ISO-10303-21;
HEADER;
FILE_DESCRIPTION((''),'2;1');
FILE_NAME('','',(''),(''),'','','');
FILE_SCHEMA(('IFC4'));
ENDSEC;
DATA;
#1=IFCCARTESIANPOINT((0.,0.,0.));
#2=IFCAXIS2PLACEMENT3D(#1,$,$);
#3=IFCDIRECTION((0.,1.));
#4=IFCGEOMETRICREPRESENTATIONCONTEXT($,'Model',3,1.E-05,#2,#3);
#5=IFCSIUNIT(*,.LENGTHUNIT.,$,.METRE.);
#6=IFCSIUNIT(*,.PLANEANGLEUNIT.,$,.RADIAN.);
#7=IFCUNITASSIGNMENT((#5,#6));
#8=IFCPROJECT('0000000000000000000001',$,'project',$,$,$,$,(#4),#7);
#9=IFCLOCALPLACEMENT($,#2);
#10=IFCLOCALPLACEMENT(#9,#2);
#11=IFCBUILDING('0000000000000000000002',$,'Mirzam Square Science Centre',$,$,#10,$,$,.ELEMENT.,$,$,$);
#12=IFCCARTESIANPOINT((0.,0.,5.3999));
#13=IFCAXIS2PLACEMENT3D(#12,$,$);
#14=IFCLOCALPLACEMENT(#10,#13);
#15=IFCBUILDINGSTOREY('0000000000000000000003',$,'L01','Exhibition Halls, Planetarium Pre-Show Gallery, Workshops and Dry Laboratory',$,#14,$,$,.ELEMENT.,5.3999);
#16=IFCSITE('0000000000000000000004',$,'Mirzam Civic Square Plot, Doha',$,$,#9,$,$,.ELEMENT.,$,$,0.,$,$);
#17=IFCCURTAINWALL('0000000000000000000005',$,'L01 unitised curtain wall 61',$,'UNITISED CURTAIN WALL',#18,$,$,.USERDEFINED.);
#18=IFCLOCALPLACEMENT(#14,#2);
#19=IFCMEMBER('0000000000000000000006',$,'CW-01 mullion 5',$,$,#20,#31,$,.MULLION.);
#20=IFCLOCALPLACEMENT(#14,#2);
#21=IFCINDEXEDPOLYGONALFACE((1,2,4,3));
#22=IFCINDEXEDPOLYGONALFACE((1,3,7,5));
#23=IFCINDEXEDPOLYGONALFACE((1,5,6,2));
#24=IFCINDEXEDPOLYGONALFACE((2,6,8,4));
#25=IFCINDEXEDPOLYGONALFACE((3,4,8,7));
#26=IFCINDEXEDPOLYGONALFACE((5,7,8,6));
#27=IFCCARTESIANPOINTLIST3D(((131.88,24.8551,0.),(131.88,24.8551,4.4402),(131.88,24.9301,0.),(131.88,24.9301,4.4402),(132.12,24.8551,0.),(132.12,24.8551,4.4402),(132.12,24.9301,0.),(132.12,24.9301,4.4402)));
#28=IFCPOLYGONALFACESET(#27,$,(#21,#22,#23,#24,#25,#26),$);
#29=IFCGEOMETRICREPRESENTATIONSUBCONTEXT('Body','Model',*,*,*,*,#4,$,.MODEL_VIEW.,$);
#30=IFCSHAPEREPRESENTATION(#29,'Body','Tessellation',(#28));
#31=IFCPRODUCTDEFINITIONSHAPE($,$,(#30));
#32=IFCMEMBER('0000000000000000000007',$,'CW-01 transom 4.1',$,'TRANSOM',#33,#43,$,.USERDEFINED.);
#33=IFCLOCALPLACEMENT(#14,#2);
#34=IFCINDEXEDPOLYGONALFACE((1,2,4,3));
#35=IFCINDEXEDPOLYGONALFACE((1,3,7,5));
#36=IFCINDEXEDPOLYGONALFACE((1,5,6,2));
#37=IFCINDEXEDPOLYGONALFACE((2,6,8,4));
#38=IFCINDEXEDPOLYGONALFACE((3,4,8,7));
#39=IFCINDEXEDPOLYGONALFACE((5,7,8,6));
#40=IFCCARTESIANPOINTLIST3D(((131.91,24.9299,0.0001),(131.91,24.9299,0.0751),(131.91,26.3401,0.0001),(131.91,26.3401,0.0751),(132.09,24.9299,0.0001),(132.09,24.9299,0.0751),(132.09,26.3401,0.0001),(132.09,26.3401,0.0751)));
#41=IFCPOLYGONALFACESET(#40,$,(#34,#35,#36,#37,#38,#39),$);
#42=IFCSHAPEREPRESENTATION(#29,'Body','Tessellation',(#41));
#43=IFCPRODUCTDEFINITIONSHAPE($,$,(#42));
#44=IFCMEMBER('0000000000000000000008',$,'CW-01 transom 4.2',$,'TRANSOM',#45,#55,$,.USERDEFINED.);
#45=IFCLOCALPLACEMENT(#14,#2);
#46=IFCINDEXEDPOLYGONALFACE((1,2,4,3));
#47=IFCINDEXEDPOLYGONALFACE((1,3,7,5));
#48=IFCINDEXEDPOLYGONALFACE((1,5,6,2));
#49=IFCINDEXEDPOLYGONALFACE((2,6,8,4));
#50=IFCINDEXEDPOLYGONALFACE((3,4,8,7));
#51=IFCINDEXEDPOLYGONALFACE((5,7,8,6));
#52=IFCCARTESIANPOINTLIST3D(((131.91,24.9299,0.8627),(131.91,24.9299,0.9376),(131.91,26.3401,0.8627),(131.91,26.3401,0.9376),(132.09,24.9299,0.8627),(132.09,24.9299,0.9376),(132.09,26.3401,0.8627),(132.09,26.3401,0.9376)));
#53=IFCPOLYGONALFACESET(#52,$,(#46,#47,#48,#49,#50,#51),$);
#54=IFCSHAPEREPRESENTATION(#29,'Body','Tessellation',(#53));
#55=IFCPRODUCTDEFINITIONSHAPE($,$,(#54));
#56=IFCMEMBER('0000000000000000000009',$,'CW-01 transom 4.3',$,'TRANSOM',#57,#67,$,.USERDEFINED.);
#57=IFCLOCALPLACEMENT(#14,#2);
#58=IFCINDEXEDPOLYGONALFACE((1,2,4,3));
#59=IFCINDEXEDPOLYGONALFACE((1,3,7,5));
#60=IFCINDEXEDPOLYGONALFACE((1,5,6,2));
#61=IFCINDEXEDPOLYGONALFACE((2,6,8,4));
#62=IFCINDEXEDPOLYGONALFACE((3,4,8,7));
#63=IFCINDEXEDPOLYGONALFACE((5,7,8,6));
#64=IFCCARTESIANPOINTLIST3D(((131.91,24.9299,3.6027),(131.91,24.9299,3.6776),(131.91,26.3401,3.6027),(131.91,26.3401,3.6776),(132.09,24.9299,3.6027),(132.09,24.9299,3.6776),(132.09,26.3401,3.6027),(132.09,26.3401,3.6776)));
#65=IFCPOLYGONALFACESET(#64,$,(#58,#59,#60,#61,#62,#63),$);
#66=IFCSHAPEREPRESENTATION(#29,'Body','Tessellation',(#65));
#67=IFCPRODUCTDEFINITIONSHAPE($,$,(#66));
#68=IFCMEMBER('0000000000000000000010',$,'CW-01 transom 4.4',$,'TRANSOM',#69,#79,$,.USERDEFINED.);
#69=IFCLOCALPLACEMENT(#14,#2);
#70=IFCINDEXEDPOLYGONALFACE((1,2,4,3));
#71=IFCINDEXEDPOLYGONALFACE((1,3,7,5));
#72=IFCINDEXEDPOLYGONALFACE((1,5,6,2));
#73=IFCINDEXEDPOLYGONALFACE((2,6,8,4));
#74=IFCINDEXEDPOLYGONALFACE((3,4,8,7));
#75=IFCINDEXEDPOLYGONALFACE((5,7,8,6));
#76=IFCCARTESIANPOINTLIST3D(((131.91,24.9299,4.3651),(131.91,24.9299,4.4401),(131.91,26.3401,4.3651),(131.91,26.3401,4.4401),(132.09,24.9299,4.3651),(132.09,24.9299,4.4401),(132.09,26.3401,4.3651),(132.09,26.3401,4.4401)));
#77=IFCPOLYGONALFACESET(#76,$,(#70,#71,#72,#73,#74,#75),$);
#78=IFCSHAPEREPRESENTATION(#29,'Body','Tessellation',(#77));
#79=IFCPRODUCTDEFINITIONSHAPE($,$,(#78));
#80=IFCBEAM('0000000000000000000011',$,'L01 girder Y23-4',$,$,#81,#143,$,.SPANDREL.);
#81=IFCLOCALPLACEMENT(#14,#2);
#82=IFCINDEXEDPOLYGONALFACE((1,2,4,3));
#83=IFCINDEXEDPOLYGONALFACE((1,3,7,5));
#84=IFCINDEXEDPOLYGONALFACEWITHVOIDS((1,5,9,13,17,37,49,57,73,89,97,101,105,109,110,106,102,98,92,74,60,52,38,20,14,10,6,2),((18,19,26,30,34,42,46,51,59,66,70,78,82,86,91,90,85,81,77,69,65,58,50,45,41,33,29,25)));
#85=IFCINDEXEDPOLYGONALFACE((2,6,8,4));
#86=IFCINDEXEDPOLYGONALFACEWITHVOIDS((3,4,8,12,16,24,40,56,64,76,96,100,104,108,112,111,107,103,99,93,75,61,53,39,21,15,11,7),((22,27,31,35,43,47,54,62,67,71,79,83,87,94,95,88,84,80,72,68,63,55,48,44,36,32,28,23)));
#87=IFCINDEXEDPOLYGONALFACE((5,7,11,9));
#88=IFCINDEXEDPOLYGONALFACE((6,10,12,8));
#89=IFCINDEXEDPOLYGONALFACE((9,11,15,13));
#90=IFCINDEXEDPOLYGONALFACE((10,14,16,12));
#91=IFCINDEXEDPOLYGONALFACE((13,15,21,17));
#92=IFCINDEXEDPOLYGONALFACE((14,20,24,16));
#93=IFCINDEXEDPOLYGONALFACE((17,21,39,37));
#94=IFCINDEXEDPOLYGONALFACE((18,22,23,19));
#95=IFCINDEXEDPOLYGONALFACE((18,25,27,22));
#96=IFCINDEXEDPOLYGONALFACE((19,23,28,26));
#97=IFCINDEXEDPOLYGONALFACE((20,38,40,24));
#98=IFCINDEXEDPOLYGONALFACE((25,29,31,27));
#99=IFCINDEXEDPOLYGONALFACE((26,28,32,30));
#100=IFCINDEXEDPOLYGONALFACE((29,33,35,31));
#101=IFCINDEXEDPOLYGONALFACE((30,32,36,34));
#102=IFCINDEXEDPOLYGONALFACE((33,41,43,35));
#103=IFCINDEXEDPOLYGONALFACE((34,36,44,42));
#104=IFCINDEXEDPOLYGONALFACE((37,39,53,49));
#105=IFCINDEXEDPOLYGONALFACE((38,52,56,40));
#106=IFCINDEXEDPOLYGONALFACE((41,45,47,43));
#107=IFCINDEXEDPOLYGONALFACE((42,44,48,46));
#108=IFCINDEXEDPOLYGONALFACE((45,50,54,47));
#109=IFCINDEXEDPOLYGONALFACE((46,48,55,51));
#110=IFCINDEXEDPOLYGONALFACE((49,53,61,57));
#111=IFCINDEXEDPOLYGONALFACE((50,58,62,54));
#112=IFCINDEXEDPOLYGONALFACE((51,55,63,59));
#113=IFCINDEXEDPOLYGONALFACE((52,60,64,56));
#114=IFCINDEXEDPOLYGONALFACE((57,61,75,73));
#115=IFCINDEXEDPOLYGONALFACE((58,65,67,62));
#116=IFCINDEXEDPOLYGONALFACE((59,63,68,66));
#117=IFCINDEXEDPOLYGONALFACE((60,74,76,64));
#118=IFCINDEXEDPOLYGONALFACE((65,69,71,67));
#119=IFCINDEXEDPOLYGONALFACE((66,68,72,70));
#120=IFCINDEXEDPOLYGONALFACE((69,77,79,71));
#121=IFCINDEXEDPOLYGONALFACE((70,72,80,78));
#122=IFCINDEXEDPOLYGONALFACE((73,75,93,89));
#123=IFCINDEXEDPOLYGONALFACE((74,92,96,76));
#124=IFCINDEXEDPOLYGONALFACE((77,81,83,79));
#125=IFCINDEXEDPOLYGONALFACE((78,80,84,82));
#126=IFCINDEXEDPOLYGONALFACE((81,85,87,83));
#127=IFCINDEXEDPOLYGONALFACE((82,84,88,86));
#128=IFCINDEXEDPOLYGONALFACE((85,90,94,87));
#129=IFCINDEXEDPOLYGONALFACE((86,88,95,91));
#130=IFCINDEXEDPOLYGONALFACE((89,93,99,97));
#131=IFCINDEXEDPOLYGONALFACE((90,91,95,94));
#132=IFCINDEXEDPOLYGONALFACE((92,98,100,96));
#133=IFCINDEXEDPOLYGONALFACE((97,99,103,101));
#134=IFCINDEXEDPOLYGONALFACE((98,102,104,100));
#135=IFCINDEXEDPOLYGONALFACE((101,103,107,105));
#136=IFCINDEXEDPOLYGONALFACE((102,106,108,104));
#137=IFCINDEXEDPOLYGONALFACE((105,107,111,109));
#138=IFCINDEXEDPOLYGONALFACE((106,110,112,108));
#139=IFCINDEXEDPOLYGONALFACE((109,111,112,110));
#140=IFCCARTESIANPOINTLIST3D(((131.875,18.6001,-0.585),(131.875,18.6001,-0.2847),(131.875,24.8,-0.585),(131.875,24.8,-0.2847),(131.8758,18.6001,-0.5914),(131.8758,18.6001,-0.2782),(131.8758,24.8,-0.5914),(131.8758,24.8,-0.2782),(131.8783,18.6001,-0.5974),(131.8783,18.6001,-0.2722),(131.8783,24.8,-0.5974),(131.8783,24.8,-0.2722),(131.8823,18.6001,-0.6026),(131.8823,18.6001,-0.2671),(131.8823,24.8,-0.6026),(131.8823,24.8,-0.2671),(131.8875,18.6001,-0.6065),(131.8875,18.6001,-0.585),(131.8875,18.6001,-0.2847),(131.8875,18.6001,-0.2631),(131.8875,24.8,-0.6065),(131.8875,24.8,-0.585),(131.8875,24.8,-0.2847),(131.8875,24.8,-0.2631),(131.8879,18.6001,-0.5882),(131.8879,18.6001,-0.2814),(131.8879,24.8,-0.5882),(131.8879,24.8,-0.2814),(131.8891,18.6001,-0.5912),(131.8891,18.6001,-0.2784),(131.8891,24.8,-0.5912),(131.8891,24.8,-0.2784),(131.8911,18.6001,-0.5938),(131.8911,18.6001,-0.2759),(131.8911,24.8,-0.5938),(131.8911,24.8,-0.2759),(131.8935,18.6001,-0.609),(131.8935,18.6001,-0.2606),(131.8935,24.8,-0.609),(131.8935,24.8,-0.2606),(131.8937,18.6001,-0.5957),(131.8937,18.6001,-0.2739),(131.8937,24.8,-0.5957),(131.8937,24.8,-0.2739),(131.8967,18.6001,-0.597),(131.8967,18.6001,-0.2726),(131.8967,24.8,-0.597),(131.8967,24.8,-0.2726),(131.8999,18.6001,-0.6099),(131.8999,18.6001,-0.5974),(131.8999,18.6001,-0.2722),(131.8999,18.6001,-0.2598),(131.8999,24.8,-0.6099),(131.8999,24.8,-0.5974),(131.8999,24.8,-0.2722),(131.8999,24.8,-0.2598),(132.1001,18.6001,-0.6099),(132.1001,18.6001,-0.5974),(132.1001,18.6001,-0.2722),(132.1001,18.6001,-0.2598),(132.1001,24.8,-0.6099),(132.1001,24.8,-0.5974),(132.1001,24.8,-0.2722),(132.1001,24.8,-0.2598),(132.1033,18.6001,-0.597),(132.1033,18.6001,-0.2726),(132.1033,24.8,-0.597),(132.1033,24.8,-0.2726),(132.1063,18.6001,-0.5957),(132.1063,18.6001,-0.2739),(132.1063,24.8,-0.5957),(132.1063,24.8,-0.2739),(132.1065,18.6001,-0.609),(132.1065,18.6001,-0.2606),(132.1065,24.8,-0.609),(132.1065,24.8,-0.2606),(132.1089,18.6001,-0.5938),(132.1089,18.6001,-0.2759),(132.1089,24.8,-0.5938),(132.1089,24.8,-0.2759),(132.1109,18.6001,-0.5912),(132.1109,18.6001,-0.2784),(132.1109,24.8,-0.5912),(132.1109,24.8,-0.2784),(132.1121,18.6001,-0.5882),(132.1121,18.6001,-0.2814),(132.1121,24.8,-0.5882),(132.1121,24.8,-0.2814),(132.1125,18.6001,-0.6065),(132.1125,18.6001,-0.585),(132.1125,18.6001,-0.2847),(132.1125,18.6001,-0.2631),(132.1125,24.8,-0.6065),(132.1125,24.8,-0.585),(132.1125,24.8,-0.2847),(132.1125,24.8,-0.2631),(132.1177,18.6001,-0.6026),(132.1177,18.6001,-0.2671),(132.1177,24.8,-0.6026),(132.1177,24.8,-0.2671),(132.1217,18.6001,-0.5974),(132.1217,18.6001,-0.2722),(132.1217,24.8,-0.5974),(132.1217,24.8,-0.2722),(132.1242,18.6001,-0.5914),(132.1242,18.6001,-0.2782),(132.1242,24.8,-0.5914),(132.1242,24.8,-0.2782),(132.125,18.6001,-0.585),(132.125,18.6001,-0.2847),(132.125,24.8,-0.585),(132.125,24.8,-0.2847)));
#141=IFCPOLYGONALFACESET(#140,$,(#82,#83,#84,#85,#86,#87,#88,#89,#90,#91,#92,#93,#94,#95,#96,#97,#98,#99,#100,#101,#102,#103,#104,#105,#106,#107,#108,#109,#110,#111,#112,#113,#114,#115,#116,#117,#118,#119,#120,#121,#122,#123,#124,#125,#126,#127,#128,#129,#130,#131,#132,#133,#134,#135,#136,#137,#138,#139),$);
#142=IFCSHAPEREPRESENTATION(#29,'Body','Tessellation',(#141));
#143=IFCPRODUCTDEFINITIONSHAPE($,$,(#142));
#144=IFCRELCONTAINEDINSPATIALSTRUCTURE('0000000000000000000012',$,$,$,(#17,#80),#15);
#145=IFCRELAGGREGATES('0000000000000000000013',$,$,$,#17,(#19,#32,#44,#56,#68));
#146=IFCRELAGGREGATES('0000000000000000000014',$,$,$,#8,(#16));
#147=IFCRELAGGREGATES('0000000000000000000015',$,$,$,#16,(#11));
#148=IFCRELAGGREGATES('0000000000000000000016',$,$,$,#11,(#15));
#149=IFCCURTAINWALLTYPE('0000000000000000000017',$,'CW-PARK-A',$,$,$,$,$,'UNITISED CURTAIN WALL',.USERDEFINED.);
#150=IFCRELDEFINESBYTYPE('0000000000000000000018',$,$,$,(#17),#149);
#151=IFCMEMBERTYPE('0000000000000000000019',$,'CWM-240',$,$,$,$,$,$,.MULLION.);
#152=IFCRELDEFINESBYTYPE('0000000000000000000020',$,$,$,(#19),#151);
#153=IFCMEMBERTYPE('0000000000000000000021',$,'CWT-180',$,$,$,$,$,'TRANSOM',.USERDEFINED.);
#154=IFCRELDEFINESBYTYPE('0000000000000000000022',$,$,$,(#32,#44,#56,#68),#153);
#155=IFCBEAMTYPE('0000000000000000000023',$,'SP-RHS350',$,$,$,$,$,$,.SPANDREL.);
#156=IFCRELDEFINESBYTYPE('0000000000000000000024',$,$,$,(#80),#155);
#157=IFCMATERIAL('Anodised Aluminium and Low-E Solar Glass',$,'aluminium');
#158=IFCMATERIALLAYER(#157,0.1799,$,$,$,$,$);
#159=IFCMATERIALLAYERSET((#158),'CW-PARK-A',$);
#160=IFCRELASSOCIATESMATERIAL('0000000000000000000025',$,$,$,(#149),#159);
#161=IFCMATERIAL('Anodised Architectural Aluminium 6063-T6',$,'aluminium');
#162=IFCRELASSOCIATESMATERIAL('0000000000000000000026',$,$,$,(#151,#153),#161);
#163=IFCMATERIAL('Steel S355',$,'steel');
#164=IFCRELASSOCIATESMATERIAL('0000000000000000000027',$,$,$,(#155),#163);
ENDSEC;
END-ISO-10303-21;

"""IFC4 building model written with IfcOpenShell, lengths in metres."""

from ifc_helpers import new_model, si_unit, direction, frame, origin, origin_2d, place, context, subcontext, project, spatial, rectangle, hollow_rectangle, extrude, material, layer, layer_set, material_profile, profile_set, type_object, element, aggregate, save


model = new_model("IFC4")

# Units and contexts
model_context = context("Model", 3, precision=1e-05, world=origin(), true_north=direction((0.0, 1.0)))
body_context = subcontext(model_context, "Body", "Model", "MODEL_VIEW")
ifc_project = project(units=[si_unit("LENGTHUNIT", "METRE"), si_unit("PLANEANGLEUNIT", "RADIAN")], contexts=[model_context])

# Site, building, storey
site_placement = place(None, origin())
site = spatial("IfcSite", under=ifc_project, at=site_placement, Name="Mirzam Civic Square Plot, Doha", CompositionType="ELEMENT", RefElevation=0.0)
building_placement = place(site_placement, origin())
building = spatial("IfcBuilding", under=site, at=building_placement, Name="Mirzam Square Science Centre", CompositionType="ELEMENT")
storey_placement = place(building_placement, frame((0.0, 0.0, 5.3999)))
storey = spatial("IfcBuildingStorey", under=building, at=storey_placement, Name="L01", Description="Exhibition Halls, Planetarium Pre-Show Gallery, Workshops and Dry Laboratory", CompositionType="ELEMENT", Elevation=5.3999)

# Shared definitions
ifc_material_1 = material(Name="Steel S355", Category="steel")

# Curtain wall, members
ifc_material_2 = material(Name="Anodised Aluminium and Low-E Solar Glass", Category="aluminium")
ifc_layer_1 = layer(ifc_material_2, 0.1799)
ifc_layer_set_1 = layer_set([ifc_layer_1], Name="CW-PARK-A")
curtain_wall_type = type_object("IfcCurtainWallType", Name="CW-PARK-A", ElementType="UNITISED CURTAIN WALL", PredefinedType="USERDEFINED", material=ifc_layer_set_1)
curtain_wall_placement = place(storey_placement, origin())
curtain_wall = element("IfcCurtainWall", 1, at=curtain_wall_placement, inside=storey, type_object=curtain_wall_type, Name="L01 unitised curtain wall 61", ObjectType="UNITISED CURTAIN WALL", PredefinedType="USERDEFINED")
ifc_material_3 = material(Name="Anodised Architectural Aluminium 6063-T6", Category="aluminium")
ifc_material_profile_1 = material_profile(ifc_material_3, rectangle(XDim=0.075, YDim=0.24, at=origin_2d()), Name="ALU-MULL-240x75x5")
ifc_profile_set_1 = profile_set([ifc_material_profile_1], Name="Anodised Architectural Aluminium 6063-T6")
member_type_1 = type_object("IfcMemberType", Name="CWM-240", PredefinedType="MULLION", material=ifc_profile_set_1)
member_1_placement = place(storey_placement, frame((132.0, 24.8926, 0.0), z_axis=(0.0, 0.0, 1.0), x_axis=(0.0, -1.0, 0.0)))
member_1 = element("IfcMember", 2, at=member_1_placement, type_object=member_type_1, Name="CW-01 mullion 5", PredefinedType="MULLION", context=body_context, shape_type="SweptSolid", body=[
    extrude(rectangle(XDim=0.075, YDim=0.24, at=origin_2d()), origin(), (0.0, 0.0, 1.0), 4.4402),
])
ifc_material_profile_2 = material_profile(ifc_material_3, rectangle(XDim=0.1799, YDim=0.075, at=origin_2d()), Name="ALU-TRAN-180x75x5")
ifc_profile_set_2 = profile_set([ifc_material_profile_2], Name="Anodised Architectural Aluminium 6063-T6")
member_type_2 = type_object("IfcMemberType", Name="CWT-180", ElementType="TRANSOM", PredefinedType="USERDEFINED", material=ifc_profile_set_2)
member_2_placement = place(storey_placement, frame((132.0, 26.3401, 0.0376), z_axis=(0.0, -1.0, 0.0), x_axis=(1.0, 0.0, 0.0)))
member_2 = element("IfcMember", 3, at=member_2_placement, type_object=member_type_2, Name="CW-01 transom 4.1", ObjectType="TRANSOM", PredefinedType="USERDEFINED", context=body_context, shape_type="SweptSolid", body=[
    extrude(rectangle(XDim=0.1799, YDim=0.075, at=origin_2d()), origin(), (0.0, 0.0, 1.0), 1.4102),
])
member_3_placement = place(storey_placement, frame((132.0, 26.3401, 0.9001), z_axis=(0.0, -1.0, 0.0), x_axis=(1.0, 0.0, 0.0)))
member_3 = element("IfcMember", 4, at=member_3_placement, type_object=member_type_2, Name="CW-01 transom 4.2", ObjectType="TRANSOM", PredefinedType="USERDEFINED", context=body_context, shape_type="SweptSolid", body=[
    extrude(rectangle(XDim=0.1799, YDim=0.075, at=origin_2d()), origin(), (0.0, 0.0, 1.0), 1.4102),
])
member_4_placement = place(storey_placement, frame((132.0, 26.3401, 3.6401), z_axis=(0.0, -1.0, 0.0), x_axis=(1.0, 0.0, 0.0)))
member_4 = element("IfcMember", 5, at=member_4_placement, type_object=member_type_2, Name="CW-01 transom 4.3", ObjectType="TRANSOM", PredefinedType="USERDEFINED", context=body_context, shape_type="SweptSolid", body=[
    extrude(rectangle(XDim=0.1799, YDim=0.075, at=origin_2d()), origin(), (0.0, 0.0, 1.0), 1.4102),
])
member_5_placement = place(storey_placement, frame((132.0, 26.3401, 4.4026), z_axis=(0.0, -1.0, 0.0), x_axis=(1.0, 0.0, 0.0)))
member_5 = element("IfcMember", 6, at=member_5_placement, type_object=member_type_2, Name="CW-01 transom 4.4", ObjectType="TRANSOM", PredefinedType="USERDEFINED", context=body_context, shape_type="SweptSolid", body=[
    extrude(rectangle(XDim=0.1799, YDim=0.075, at=origin_2d()), origin(), (0.0, 0.0, 1.0), 1.4102),
])

# Beam
ifc_material_profile_3 = material_profile(ifc_material_1, hollow_rectangle(XDim=0.25, YDim=0.3501, WallThickness=0.0125, InnerFilletRadius=0.0125, OuterFilletRadius=0.0249, at=origin_2d()), Name="350x250x12.5RHS")
ifc_profile_set_3 = profile_set([ifc_material_profile_3], Name="Steel S355")
beam_type_1 = type_object("IfcBeamType", Name="SP-RHS350", PredefinedType="SPANDREL", material=ifc_profile_set_3)
for number, where, z_axis, x_axis, name in (
    (7, (132.0, 18.6001, -0.4348), (0.0, 1.0, 0.0), (-1.0, 0.0, 0.0), "L01 girder Y23-4"),
):
    element("IfcBeam", number, at=place(storey_placement, frame(where, z_axis=z_axis, x_axis=x_axis)), inside=storey, type_object=beam_type_1, Name=name, PredefinedType="SPANDREL", context=body_context, shape_type="SweptSolid", body=[
        extrude(hollow_rectangle(XDim=0.25, YDim=0.3501, WallThickness=0.0125, InnerFilletRadius=0.0125, OuterFilletRadius=0.0249, at=origin_2d()), origin(), (0.0, 0.0, 1.0), 6.2),
    ])

aggregate(curtain_wall, [member_1, member_2, member_3, member_4, member_5])

save(model, "model.ifc")
